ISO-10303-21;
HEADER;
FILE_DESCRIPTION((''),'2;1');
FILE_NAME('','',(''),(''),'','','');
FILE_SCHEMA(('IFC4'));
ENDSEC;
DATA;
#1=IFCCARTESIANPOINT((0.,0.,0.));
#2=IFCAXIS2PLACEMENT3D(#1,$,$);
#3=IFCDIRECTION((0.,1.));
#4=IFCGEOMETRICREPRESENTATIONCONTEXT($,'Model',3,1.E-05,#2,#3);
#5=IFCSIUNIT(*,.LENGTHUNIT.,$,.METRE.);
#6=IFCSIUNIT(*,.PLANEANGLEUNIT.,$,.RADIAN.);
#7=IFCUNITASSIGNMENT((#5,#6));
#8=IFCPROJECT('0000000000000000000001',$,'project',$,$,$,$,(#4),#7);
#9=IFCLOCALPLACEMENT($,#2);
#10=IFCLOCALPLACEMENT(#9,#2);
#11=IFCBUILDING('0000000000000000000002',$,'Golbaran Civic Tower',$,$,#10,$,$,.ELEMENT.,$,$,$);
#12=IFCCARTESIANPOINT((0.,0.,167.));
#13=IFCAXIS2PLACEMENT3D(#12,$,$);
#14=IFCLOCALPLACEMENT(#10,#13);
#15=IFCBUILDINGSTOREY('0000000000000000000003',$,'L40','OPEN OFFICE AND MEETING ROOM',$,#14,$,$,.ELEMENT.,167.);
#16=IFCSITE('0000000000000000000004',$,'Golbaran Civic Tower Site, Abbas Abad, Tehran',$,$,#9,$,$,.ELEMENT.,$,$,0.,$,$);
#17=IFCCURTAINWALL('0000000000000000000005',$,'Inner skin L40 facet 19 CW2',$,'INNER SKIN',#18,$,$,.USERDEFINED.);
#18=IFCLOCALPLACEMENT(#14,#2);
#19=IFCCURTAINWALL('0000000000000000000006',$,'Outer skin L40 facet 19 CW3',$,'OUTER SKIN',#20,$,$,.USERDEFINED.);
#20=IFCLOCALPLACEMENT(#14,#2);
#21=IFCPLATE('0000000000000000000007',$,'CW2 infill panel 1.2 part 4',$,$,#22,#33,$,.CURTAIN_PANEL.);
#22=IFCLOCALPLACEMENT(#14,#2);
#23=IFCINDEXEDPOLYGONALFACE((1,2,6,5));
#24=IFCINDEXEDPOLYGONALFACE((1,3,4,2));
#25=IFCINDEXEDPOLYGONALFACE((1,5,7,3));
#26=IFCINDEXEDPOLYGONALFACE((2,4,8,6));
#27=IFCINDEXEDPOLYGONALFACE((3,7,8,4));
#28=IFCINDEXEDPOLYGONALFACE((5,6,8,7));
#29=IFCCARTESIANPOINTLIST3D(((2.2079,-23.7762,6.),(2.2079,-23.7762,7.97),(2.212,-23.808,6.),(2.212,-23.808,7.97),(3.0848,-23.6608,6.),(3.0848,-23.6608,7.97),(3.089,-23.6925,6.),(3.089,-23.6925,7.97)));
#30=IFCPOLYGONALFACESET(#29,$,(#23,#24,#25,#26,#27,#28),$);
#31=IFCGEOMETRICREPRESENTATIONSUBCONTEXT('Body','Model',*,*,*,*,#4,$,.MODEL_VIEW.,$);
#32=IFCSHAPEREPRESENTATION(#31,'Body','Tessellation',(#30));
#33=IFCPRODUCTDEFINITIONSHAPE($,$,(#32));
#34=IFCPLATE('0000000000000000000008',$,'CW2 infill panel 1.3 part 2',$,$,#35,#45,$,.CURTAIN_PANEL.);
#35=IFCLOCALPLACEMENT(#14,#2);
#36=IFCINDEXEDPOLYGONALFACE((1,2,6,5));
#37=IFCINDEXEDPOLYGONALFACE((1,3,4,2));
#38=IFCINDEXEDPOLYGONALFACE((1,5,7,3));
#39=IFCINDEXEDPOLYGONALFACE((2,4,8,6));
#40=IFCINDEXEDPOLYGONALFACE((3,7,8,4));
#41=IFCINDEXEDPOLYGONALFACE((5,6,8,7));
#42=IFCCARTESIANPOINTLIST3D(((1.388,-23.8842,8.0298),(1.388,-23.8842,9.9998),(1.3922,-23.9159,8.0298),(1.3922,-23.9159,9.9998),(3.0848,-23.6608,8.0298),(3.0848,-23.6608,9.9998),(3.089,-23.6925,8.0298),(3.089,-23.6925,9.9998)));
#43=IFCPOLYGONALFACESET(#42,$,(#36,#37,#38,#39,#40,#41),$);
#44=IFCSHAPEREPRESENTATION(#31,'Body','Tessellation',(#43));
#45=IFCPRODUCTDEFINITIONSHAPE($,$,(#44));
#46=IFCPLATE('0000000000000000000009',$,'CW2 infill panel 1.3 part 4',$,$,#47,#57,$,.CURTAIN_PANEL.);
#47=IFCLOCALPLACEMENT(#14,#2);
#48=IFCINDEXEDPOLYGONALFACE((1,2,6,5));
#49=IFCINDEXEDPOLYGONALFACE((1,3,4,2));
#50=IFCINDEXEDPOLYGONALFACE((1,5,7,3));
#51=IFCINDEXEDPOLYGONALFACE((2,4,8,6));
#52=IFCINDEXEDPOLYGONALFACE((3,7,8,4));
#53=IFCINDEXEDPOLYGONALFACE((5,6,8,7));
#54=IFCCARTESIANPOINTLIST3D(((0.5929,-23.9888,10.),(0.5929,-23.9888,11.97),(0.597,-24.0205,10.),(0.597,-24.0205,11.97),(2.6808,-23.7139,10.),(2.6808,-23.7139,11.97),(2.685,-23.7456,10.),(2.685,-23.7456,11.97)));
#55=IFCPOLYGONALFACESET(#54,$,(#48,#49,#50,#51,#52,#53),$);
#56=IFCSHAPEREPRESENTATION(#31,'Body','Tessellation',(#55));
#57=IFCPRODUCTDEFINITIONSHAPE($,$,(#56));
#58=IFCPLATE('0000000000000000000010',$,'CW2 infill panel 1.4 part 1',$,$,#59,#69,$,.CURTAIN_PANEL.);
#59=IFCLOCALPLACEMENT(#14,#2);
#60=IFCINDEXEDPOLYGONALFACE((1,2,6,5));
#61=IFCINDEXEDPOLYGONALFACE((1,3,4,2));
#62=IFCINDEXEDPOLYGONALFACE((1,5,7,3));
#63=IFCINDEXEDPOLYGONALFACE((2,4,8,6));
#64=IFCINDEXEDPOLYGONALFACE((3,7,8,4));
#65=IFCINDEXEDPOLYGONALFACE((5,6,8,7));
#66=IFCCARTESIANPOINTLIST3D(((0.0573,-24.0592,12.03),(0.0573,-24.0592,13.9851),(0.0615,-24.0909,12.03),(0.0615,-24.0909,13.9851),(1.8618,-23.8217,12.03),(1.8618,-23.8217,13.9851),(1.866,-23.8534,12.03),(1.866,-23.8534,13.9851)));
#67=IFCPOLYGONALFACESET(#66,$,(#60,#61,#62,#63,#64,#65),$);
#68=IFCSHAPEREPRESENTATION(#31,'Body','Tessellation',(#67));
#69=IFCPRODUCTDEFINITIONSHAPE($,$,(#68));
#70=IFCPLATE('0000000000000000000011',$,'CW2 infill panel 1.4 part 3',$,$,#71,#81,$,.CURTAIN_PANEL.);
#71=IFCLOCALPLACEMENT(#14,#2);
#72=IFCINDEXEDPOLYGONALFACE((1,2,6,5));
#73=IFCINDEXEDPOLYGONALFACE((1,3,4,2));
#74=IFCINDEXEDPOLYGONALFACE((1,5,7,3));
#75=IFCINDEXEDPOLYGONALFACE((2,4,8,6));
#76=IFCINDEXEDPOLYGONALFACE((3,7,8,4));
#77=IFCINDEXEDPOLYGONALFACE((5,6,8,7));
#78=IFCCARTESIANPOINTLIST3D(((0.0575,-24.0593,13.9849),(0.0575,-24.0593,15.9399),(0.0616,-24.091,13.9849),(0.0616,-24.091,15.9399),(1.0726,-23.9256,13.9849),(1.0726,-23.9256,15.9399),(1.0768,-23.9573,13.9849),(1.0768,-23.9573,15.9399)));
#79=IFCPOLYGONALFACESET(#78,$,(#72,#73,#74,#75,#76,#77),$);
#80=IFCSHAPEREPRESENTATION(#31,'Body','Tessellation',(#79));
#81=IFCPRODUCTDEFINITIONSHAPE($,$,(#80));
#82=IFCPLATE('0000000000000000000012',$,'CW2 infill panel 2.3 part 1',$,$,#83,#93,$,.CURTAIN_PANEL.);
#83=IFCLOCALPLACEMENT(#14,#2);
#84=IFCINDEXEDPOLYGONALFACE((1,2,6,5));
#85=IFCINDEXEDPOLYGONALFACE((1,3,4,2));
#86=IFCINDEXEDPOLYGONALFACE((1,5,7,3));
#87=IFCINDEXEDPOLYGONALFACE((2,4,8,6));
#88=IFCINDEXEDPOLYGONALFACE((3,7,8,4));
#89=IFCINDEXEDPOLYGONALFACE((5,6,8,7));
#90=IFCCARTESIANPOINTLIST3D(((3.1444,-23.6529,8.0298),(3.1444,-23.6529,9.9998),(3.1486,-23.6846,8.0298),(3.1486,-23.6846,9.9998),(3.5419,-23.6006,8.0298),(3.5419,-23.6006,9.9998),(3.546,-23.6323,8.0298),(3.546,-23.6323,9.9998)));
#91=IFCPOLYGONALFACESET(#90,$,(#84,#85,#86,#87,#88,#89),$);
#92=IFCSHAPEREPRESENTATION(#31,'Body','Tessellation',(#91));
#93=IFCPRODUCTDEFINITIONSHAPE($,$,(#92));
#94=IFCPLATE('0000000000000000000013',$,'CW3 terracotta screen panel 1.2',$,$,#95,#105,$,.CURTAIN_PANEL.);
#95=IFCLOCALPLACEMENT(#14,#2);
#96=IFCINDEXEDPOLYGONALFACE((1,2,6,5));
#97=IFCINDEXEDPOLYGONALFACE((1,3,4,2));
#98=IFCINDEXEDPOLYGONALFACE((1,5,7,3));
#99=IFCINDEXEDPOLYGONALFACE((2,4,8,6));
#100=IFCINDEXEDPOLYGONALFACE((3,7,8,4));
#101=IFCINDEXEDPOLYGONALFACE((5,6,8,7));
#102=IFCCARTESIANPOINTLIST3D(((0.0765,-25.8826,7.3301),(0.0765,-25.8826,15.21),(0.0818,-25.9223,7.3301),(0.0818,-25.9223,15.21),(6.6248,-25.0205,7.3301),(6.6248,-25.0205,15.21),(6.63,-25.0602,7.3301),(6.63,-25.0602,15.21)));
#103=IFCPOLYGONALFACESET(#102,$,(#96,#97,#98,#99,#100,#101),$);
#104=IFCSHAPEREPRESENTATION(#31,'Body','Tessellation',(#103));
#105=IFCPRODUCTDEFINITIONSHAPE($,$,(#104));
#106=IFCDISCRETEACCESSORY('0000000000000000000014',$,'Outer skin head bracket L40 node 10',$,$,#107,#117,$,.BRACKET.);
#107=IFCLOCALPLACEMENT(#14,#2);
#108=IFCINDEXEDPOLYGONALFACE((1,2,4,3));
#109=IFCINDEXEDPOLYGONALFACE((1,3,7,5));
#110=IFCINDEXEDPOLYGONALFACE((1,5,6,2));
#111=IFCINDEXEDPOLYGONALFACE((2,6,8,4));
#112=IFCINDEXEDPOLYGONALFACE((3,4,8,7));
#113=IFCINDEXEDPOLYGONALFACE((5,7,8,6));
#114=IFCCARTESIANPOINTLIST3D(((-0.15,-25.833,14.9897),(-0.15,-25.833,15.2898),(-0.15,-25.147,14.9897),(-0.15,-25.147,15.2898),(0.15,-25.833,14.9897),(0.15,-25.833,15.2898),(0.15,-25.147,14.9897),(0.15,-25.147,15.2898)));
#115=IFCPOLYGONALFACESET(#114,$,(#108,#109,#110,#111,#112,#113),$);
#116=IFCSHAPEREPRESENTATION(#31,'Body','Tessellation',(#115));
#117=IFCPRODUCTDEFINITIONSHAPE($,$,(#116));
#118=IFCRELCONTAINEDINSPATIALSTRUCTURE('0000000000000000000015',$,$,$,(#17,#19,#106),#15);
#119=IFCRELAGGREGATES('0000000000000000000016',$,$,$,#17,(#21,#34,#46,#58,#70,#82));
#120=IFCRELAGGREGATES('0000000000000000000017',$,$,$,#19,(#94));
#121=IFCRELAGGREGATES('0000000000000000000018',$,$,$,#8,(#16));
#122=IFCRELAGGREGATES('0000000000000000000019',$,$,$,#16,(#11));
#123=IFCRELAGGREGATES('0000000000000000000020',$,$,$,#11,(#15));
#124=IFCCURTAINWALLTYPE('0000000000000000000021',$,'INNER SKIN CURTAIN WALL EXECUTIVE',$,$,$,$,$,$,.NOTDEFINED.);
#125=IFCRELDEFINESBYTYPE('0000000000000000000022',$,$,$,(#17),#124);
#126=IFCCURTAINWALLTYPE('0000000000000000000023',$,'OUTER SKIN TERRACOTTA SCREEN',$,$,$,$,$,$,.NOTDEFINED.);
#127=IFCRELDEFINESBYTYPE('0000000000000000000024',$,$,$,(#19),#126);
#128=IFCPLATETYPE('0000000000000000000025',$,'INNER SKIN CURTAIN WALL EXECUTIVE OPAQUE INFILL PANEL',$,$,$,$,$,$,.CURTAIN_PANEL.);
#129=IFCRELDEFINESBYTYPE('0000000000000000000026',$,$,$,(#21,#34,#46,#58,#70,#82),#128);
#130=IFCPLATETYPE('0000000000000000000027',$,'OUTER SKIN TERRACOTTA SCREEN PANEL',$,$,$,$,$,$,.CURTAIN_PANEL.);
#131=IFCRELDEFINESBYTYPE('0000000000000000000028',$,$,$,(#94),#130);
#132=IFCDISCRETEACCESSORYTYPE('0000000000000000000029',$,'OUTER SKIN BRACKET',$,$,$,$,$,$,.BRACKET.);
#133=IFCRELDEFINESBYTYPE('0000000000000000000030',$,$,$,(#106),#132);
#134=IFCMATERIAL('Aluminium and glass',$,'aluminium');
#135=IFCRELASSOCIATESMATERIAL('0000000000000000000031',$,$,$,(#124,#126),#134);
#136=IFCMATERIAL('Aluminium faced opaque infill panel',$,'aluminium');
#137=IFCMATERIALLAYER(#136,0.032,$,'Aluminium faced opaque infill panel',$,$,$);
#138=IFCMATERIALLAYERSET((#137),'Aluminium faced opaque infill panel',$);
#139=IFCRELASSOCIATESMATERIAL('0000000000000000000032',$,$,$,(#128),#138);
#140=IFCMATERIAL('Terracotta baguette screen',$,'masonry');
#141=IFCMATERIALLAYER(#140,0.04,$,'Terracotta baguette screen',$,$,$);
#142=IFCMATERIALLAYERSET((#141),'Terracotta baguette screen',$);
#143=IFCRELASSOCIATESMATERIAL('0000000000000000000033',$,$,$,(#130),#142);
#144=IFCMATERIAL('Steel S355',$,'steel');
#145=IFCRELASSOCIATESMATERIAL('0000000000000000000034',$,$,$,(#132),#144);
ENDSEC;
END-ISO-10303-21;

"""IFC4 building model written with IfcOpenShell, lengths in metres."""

from ifc_helpers import new_model, si_unit, direction, frame, origin, origin_2d, place, context, subcontext, project, spatial, rectangle, extrude, material, layer, layer_set, type_object, element, aggregate, save


model = new_model("IFC4")

# Units and contexts
model_context = context("Model", 3, precision=1e-05, world=origin(), true_north=direction((0.0, 1.0)))
body_context = subcontext(model_context, "Body", "Model", "MODEL_VIEW")
ifc_project = project(units=[si_unit("LENGTHUNIT", "METRE"), si_unit("PLANEANGLEUNIT", "RADIAN")], contexts=[model_context])

# Site, building, storey
site_placement = place(None, origin())
site = spatial("IfcSite", under=ifc_project, at=site_placement, Name="Golbaran Civic Tower Site, Abbas Abad, Tehran", CompositionType="ELEMENT", RefElevation=0.0)
building_placement = place(site_placement, origin())
building = spatial("IfcBuilding", under=site, at=building_placement, Name="Golbaran Civic Tower", CompositionType="ELEMENT")
storey_placement = place(building_placement, frame((0.0, 0.0, 167.0)))
storey = spatial("IfcBuildingStorey", under=building, at=storey_placement, Name="L40", Description="OPEN OFFICE AND MEETING ROOM", CompositionType="ELEMENT", Elevation=167.0)

# Curtain walls
ifc_material_1 = material(Name="Aluminium and glass", Category="aluminium")
curtain_wall_type_1 = type_object("IfcCurtainWallType", Name="INNER SKIN CURTAIN WALL EXECUTIVE", PredefinedType="NOTDEFINED", material=ifc_material_1)
curtain_wall_1_placement = place(storey_placement, origin())
curtain_wall_1 = element("IfcCurtainWall", 1, at=curtain_wall_1_placement, inside=storey, type_object=curtain_wall_type_1, Name="Inner skin L40 facet 19 CW2", ObjectType="INNER SKIN", PredefinedType="USERDEFINED")
curtain_wall_type_2 = type_object("IfcCurtainWallType", Name="OUTER SKIN TERRACOTTA SCREEN", PredefinedType="NOTDEFINED", material=ifc_material_1)
curtain_wall_2_placement = place(storey_placement, origin())
curtain_wall_2 = element("IfcCurtainWall", 2, at=curtain_wall_2_placement, inside=storey, type_object=curtain_wall_type_2, Name="Outer skin L40 facet 19 CW3", ObjectType="OUTER SKIN", PredefinedType="USERDEFINED")

# Plates
ifc_material_2 = material(Name="Aluminium faced opaque infill panel", Category="aluminium")
ifc_layer_1 = layer(ifc_material_2, 0.032, Name="Aluminium faced opaque infill panel")
ifc_layer_set_1 = layer_set([ifc_layer_1], Name="Aluminium faced opaque infill panel")
plate_type_1 = type_object("IfcPlateType", Name="INNER SKIN CURTAIN WALL EXECUTIVE OPAQUE INFILL PANEL", PredefinedType="CURTAIN_PANEL", material=ifc_layer_set_1)
plate_1_placement = place(storey_placement, frame((2.6484, -23.7344, 6.0), z_axis=(0.0, 0.0, 1.0), x_axis=(0.991445, 0.130526, 0.0)))
plate_1 = element("IfcPlate", 3, at=plate_1_placement, type_object=plate_type_1, Name="CW2 infill panel 1.2 part 4", PredefinedType="CURTAIN_PANEL", context=body_context, shape_type="SweptSolid", body=[
    extrude(rectangle(XDim=0.8845, YDim=0.032, at=origin_2d()), origin(), (0.0, 0.0, 1.0), 1.97),
])
plate_2_placement = place(storey_placement, frame((2.2385, -23.7883, 8.0298), z_axis=(0.0, 0.0, 1.0), x_axis=(0.991445, 0.130526, 0.0)))
plate_2 = element("IfcPlate", 4, at=plate_2_placement, type_object=plate_type_1, Name="CW2 infill panel 1.3 part 2", PredefinedType="CURTAIN_PANEL", context=body_context, shape_type="SweptSolid", body=[
    extrude(rectangle(XDim=1.7114, YDim=0.032, at=origin_2d()), origin(), (0.0, 0.0, 1.0), 1.97),
])
plate_3_placement = place(storey_placement, frame((1.6389, -23.8672, 10.0), z_axis=(0.0, 0.0, 1.0), x_axis=(0.991445, 0.130526, 0.0)))
plate_3 = element("IfcPlate", 5, at=plate_3_placement, type_object=plate_type_1, Name="CW2 infill panel 1.3 part 4", PredefinedType="CURTAIN_PANEL", context=body_context, shape_type="SweptSolid", body=[
    extrude(rectangle(XDim=2.106, YDim=0.032, at=origin_2d()), origin(), (0.0, 0.0, 1.0), 1.97),
])
plate_4_placement = place(storey_placement, frame((0.9617, -23.9563, 12.03), z_axis=(0.0, 0.0, 1.0), x_axis=(0.991445, 0.130526, 0.0)))
plate_4 = element("IfcPlate", 6, at=plate_4_placement, type_object=plate_type_1, Name="CW2 infill panel 1.4 part 1", PredefinedType="CURTAIN_PANEL", context=body_context, shape_type="SweptSolid", body=[
    extrude(rectangle(XDim=1.8201, YDim=0.032, at=origin_2d()), origin(), (0.0, 0.0, 1.0), 1.9551),
])
plate_5_placement = place(storey_placement, frame((0.5671, -24.0083, 13.9849), z_axis=(0.0, 0.0, 1.0), x_axis=(0.991445, 0.130526, 0.0)))
plate_5 = element("IfcPlate", 7, at=plate_5_placement, type_object=plate_type_1, Name="CW2 infill panel 1.4 part 3", PredefinedType="CURTAIN_PANEL", context=body_context, shape_type="SweptSolid", body=[
    extrude(rectangle(XDim=1.0239, YDim=0.032, at=origin_2d()), origin(), (0.0, 0.0, 1.0), 1.9551),
])
plate_6_placement = place(storey_placement, frame((3.3452, -23.6426, 8.0298), z_axis=(0.0, 0.0, 1.0), x_axis=(0.991445, 0.130526, 0.0)))
plate_6 = element("IfcPlate", 8, at=plate_6_placement, type_object=plate_type_1, Name="CW2 infill panel 2.3 part 1", PredefinedType="CURTAIN_PANEL", context=body_context, shape_type="SweptSolid", body=[
    extrude(rectangle(XDim=0.4009, YDim=0.032, at=origin_2d()), origin(), (0.0, 0.0, 1.0), 1.97),
])
aggregate(curtain_wall_1, [plate_1, plate_2, plate_3, plate_4, plate_5, plate_6])
ifc_material_3 = material(Name="Terracotta baguette screen", Category="masonry")
ifc_layer_2 = layer(ifc_material_3, 0.04, Name="Terracotta baguette screen")
ifc_layer_set_2 = layer_set([ifc_layer_2], Name="Terracotta baguette screen")
plate_type_2 = type_object("IfcPlateType", Name="OUTER SKIN TERRACOTTA SCREEN PANEL", PredefinedType="CURTAIN_PANEL", material=ifc_layer_set_2)
plate_7_placement = place(storey_placement, frame((3.3533, -25.4714, 7.3301), z_axis=(0.0, 0.0, 1.0), x_axis=(0.991445, 0.130526, 0.0)))
plate_7 = element("IfcPlate", 9, at=plate_7_placement, type_object=plate_type_2, Name="CW3 terracotta screen panel 1.2", PredefinedType="CURTAIN_PANEL", context=body_context, shape_type="SweptSolid", body=[
    extrude(rectangle(XDim=6.6047, YDim=0.04, at=origin_2d()), origin(), (0.0, 0.0, 1.0), 7.8799),
])
aggregate(curtain_wall_2, [plate_7])

# Discrete accessory
ifc_material_4 = material(Name="Steel S355", Category="steel")
discrete_accessory_type = type_object("IfcDiscreteAccessoryType", Name="OUTER SKIN BRACKET", PredefinedType="BRACKET", material=ifc_material_4)
discrete_accessory_placement = place(storey_placement, frame((0.0, -25.49, 14.9897), z_axis=(0.0, 0.0, 1.0), x_axis=(0.0, -1.0, 0.0)))
element("IfcDiscreteAccessory", 10, at=discrete_accessory_placement, inside=storey, type_object=discrete_accessory_type, Name="Outer skin head bracket L40 node 10", PredefinedType="BRACKET", context=body_context, shape_type="SweptSolid", body=[
    extrude(rectangle(XDim=0.686, YDim=0.3, at=origin_2d()), origin(), (0.0, 0.0, 1.0), 0.3),
])

save(model, "model.ifc")
